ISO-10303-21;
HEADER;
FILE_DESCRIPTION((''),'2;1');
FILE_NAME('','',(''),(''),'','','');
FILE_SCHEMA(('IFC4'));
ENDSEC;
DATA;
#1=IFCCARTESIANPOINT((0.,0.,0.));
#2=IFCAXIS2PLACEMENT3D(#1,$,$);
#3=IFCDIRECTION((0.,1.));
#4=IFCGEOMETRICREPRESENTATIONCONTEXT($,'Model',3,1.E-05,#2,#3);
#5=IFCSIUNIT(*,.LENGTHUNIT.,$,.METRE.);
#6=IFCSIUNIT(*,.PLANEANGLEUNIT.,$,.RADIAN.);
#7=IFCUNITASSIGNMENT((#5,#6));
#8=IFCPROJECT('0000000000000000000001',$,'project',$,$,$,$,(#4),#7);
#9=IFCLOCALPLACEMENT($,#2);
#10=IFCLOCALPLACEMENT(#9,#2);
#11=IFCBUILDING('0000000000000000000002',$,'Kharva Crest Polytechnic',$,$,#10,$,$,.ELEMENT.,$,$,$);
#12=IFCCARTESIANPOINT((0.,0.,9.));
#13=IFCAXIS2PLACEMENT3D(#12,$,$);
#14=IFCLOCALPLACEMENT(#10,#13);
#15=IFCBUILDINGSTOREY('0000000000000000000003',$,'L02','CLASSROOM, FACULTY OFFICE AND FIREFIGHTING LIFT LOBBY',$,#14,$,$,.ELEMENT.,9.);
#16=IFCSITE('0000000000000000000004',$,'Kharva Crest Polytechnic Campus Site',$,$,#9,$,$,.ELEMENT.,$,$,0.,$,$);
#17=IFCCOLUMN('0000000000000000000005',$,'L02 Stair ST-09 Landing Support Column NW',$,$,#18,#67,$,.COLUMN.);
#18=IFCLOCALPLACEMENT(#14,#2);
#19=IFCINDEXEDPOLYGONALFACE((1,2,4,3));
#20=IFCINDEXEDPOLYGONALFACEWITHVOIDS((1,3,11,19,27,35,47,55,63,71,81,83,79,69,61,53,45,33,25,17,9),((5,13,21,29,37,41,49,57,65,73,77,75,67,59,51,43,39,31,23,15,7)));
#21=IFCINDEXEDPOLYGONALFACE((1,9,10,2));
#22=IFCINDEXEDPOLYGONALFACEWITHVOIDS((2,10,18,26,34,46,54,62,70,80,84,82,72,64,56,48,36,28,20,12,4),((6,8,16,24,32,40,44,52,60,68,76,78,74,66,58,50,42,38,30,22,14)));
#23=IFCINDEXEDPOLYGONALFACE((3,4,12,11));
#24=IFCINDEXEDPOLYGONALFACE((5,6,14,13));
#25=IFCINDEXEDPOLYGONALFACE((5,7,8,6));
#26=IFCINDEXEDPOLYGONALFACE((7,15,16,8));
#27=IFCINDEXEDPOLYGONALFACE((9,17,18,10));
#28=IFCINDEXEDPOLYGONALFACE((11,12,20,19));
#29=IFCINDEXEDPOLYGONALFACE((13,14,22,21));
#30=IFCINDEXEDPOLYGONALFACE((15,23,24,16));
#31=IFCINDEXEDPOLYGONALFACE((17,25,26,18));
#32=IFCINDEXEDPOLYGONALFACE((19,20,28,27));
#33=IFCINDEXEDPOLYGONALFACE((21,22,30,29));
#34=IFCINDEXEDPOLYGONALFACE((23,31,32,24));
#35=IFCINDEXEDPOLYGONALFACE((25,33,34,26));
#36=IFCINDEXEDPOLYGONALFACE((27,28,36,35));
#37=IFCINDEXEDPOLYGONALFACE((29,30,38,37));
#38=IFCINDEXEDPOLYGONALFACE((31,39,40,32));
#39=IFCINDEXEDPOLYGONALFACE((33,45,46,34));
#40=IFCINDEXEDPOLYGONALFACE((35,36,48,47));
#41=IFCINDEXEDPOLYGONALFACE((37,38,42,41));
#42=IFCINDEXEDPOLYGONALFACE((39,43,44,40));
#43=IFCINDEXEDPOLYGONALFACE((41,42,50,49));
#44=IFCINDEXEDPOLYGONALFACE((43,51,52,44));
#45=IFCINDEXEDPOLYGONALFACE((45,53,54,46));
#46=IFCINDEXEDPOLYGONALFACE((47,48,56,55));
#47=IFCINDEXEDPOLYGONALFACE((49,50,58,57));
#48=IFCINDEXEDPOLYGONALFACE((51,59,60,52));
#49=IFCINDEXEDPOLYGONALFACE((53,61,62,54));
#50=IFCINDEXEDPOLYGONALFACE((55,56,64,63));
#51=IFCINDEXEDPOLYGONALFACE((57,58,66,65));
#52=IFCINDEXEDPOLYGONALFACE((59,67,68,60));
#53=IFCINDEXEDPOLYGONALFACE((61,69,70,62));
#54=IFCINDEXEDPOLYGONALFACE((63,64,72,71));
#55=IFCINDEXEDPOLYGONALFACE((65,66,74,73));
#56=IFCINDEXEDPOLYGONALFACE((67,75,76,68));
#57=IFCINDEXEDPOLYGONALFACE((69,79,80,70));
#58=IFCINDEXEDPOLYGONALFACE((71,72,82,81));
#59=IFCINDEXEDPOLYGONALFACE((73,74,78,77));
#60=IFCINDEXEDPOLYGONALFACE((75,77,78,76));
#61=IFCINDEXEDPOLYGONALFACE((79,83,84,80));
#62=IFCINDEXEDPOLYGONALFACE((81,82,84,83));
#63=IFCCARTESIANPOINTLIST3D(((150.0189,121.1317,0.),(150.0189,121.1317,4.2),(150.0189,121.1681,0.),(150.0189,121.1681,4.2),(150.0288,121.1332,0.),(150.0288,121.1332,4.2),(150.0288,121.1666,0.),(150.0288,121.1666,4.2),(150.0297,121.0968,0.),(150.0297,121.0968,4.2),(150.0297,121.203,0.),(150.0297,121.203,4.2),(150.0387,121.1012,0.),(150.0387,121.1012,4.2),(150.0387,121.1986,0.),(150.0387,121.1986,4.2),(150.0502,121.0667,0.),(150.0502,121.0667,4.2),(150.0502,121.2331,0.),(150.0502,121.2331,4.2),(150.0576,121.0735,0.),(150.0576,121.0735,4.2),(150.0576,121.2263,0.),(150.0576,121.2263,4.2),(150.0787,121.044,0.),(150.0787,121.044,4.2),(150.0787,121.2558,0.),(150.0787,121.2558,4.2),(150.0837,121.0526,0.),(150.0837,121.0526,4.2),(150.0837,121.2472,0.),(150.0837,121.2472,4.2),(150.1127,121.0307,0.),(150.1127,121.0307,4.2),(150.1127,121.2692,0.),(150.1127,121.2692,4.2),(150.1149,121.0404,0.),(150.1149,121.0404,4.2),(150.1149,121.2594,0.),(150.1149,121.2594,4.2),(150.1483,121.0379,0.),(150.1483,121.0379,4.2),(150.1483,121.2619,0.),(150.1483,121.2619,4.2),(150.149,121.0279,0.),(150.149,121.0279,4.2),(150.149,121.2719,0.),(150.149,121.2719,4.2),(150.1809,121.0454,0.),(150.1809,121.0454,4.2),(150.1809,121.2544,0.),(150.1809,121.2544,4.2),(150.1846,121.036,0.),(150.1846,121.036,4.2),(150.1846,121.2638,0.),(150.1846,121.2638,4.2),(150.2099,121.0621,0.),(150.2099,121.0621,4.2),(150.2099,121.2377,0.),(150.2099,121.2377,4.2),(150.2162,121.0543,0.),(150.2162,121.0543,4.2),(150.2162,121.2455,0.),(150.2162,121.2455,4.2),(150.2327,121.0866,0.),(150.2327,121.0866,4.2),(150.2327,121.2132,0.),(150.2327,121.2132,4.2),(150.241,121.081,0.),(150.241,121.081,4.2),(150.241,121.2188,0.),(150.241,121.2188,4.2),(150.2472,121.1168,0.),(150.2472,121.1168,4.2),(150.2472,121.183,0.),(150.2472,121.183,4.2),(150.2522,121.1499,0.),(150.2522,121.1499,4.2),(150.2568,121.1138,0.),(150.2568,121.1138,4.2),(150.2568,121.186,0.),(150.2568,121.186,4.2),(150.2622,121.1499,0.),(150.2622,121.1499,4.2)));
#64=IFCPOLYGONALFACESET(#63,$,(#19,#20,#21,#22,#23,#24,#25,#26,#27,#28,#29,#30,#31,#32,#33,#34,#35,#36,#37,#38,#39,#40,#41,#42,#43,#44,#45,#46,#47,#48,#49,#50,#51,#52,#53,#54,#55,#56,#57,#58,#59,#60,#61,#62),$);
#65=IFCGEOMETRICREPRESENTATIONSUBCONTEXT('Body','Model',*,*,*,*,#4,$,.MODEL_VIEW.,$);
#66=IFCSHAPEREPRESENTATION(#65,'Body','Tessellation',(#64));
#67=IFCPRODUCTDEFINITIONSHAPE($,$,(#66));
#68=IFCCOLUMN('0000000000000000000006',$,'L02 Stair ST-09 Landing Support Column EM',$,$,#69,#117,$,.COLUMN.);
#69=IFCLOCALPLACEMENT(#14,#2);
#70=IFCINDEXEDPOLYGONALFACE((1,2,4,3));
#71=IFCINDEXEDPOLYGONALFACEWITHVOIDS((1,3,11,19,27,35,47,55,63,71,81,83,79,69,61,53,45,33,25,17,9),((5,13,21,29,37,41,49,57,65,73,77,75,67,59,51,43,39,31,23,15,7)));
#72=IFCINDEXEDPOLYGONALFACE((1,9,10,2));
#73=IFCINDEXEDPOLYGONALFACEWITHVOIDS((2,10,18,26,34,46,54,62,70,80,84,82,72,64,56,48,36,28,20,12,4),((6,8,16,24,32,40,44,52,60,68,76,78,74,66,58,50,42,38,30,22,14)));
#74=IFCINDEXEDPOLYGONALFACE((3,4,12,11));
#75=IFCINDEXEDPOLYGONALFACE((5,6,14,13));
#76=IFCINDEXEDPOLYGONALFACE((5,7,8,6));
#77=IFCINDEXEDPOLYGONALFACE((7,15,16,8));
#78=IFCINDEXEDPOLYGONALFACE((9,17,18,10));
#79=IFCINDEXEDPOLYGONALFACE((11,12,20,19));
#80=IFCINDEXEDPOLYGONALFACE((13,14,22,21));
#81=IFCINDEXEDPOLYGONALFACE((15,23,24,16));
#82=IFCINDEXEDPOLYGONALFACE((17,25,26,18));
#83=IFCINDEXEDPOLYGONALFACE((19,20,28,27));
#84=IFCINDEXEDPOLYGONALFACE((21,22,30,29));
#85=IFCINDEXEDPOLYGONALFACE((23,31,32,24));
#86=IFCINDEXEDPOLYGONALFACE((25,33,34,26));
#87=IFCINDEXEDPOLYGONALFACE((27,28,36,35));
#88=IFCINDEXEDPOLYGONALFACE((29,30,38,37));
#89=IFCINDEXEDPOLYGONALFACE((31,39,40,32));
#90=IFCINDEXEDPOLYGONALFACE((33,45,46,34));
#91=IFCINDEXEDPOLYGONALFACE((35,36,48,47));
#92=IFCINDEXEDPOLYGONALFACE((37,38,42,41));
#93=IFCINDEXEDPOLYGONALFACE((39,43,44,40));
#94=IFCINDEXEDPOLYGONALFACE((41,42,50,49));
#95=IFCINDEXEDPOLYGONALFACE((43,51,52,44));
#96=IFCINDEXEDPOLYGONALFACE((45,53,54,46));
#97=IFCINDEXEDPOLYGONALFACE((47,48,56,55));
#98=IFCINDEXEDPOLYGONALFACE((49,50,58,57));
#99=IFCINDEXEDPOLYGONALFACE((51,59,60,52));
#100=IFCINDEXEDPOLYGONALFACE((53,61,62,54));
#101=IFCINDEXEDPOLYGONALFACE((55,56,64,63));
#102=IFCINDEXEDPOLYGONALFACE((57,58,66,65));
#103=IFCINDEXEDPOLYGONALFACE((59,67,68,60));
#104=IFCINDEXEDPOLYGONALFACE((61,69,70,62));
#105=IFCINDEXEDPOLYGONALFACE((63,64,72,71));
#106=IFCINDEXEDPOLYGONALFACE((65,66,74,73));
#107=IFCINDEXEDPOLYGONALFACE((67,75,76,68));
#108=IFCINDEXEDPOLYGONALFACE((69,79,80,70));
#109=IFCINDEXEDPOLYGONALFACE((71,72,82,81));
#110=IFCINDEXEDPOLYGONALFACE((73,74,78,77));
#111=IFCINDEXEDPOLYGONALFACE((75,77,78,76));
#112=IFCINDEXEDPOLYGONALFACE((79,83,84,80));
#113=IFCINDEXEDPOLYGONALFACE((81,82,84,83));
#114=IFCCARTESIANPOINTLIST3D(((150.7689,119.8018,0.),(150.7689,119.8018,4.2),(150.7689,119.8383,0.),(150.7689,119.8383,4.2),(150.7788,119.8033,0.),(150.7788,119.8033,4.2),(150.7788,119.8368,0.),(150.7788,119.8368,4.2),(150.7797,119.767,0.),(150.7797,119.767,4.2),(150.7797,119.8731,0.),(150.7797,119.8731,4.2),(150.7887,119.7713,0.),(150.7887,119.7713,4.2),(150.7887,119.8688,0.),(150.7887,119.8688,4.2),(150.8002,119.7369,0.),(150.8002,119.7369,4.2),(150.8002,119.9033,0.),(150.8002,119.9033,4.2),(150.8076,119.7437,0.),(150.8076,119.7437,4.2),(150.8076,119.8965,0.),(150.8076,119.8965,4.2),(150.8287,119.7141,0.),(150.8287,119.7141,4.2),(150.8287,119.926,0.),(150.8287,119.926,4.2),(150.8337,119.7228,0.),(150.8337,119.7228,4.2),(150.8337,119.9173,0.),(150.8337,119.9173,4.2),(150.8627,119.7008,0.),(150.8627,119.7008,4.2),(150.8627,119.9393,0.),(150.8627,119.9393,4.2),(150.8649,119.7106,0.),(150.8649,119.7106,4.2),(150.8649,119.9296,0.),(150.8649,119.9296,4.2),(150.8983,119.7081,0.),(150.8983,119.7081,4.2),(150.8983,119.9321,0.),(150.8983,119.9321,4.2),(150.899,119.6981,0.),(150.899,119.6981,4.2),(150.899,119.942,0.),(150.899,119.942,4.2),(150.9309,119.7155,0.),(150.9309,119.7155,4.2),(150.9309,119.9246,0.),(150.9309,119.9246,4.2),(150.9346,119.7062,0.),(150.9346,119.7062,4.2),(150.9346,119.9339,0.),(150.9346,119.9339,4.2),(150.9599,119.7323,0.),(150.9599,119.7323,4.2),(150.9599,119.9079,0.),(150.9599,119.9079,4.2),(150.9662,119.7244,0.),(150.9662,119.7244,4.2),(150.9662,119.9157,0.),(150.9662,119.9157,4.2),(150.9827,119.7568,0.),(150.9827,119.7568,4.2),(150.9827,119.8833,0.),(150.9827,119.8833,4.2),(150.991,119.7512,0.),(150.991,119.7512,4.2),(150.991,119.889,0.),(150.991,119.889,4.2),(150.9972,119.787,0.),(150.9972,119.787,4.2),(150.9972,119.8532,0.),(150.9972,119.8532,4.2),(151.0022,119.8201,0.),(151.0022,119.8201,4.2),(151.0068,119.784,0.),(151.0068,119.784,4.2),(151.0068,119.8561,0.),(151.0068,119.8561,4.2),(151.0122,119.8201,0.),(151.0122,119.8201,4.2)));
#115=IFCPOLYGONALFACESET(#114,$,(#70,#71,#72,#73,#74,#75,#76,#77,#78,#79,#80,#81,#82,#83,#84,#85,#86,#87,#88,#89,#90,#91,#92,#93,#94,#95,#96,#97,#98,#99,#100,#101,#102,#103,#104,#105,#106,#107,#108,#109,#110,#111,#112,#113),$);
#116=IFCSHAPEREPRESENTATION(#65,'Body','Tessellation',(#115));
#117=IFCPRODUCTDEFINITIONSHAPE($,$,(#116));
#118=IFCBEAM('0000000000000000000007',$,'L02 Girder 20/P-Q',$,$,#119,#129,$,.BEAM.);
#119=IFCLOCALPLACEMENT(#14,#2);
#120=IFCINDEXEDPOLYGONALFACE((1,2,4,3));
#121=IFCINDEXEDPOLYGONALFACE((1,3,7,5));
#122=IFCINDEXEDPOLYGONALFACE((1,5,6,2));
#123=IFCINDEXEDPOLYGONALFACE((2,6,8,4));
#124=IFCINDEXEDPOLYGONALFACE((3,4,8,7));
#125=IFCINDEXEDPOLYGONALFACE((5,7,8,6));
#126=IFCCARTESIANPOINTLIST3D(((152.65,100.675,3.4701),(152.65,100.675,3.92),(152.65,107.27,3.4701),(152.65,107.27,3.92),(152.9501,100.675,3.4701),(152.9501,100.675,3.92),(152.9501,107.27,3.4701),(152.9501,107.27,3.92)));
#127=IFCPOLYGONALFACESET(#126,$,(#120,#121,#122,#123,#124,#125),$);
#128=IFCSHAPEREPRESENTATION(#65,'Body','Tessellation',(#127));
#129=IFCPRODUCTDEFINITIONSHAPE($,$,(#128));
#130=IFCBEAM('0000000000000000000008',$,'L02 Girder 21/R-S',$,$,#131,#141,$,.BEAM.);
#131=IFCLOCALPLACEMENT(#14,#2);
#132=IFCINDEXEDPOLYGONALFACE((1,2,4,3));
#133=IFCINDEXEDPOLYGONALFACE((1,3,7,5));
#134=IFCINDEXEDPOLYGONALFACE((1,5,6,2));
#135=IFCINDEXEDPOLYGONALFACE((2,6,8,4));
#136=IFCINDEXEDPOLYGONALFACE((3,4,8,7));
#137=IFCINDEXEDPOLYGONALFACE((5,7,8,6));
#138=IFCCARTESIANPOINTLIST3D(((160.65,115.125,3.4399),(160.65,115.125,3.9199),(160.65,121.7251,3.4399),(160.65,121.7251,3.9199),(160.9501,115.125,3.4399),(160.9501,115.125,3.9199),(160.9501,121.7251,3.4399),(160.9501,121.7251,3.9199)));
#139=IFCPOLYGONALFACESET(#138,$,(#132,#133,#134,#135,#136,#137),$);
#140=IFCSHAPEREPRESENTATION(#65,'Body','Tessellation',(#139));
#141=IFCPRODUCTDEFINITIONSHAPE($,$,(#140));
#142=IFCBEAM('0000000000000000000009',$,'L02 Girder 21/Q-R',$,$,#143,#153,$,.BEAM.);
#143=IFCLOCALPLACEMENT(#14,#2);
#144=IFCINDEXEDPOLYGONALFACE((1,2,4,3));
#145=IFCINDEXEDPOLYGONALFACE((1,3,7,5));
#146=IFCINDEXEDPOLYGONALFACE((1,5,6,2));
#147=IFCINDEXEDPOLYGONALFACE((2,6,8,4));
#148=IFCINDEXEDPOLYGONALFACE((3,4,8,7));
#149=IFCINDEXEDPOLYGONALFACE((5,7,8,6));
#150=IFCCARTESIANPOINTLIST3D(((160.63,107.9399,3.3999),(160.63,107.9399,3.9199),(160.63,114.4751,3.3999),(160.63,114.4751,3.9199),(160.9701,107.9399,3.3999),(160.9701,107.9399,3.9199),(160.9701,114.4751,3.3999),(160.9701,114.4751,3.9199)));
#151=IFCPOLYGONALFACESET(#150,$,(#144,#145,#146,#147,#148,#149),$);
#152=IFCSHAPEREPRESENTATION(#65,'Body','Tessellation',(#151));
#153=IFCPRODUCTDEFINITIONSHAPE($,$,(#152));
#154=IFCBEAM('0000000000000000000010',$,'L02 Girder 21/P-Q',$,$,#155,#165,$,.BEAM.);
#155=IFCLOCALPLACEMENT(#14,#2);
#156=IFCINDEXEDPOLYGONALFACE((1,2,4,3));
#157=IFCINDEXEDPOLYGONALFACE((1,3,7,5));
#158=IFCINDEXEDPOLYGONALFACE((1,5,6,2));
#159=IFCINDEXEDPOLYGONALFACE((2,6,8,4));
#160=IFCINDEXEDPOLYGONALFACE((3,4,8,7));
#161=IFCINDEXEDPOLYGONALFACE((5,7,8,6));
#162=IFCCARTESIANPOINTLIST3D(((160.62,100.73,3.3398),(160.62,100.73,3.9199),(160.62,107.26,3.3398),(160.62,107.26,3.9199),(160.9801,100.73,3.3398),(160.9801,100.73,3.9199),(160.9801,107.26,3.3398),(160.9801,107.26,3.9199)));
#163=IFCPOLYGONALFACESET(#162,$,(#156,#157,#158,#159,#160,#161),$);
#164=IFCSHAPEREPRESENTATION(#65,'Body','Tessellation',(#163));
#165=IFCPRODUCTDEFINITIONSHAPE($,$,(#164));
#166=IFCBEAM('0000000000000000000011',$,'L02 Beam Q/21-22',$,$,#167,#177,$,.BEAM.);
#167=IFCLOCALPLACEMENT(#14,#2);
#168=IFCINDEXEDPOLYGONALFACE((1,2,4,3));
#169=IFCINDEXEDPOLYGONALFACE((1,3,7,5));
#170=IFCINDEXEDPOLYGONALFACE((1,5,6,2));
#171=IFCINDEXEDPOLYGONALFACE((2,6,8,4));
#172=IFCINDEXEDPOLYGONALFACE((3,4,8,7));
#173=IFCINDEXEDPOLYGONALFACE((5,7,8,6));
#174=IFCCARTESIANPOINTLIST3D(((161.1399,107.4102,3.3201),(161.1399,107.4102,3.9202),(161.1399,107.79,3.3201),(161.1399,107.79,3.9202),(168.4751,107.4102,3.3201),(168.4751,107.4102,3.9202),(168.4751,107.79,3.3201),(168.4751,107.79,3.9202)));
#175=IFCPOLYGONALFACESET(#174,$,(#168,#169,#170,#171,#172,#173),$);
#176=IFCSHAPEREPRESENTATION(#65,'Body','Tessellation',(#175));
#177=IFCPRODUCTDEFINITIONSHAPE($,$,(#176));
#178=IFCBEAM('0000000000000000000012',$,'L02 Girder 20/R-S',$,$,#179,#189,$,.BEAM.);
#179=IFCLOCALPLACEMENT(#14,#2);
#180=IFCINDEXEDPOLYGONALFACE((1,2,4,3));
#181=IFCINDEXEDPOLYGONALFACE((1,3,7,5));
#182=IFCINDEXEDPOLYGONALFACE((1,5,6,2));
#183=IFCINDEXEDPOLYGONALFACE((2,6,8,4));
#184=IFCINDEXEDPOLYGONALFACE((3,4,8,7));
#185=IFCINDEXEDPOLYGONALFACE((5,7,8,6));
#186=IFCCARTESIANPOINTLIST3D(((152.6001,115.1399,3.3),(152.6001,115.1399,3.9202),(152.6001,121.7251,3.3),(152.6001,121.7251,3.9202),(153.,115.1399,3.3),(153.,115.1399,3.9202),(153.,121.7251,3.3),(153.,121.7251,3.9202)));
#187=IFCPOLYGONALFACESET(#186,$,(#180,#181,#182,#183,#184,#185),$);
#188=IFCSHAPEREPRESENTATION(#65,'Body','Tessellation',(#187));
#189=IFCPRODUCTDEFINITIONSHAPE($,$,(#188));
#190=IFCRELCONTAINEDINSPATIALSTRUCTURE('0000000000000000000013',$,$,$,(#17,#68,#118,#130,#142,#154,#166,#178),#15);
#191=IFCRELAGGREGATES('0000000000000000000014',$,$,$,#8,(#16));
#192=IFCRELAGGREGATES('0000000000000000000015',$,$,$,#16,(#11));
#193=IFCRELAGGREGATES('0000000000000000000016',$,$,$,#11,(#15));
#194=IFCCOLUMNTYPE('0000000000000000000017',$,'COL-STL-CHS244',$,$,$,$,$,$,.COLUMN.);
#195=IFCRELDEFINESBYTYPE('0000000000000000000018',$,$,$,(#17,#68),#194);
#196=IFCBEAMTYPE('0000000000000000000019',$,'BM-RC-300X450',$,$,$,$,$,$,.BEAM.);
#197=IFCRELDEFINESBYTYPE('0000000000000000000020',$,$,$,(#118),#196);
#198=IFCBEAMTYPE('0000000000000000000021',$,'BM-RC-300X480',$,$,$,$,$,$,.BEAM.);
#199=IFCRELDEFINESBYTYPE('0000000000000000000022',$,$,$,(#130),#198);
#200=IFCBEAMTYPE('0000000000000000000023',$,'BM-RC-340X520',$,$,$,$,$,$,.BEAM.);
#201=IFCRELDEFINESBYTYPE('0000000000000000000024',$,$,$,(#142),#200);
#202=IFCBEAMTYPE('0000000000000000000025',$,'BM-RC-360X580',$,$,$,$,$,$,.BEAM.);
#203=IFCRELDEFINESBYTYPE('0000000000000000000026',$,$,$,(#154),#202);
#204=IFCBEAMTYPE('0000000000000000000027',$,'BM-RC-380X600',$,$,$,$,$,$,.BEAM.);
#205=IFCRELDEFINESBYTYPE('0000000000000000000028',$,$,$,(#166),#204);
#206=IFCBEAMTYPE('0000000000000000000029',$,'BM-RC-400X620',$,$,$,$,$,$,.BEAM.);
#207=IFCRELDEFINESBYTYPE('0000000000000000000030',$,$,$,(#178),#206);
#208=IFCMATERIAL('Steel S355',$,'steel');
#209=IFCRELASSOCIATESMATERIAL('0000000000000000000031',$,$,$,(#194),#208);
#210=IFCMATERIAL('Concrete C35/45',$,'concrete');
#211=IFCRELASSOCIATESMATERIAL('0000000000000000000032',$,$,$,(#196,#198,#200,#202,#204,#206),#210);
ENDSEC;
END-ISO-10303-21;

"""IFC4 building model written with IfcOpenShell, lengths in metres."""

from ifc_helpers import new_model, si_unit, direction, frame, origin, origin_2d, place, context, subcontext, project, spatial, rectangle, hollow_circle, extrude, material, material_profile, profile_set, type_object, element, save


model = new_model("IFC4")

# Units and contexts
model_context = context("Model", 3, precision=1e-05, world=origin(), true_north=direction((0.0, 1.0)))
body_context = subcontext(model_context, "Body", "Model", "MODEL_VIEW")
ifc_project = project(units=[si_unit("LENGTHUNIT", "METRE"), si_unit("PLANEANGLEUNIT", "RADIAN")], contexts=[model_context])

# Site, building, storey
site_placement = place(None, origin())
site = spatial("IfcSite", under=ifc_project, at=site_placement, Name="Kharva Crest Polytechnic Campus Site", CompositionType="ELEMENT", RefElevation=0.0)
building_placement = place(site_placement, origin())
building = spatial("IfcBuilding", under=site, at=building_placement, Name="Kharva Crest Polytechnic", CompositionType="ELEMENT")
storey_placement = place(building_placement, frame((0.0, 0.0, 9.0)))
storey = spatial("IfcBuildingStorey", under=building, at=storey_placement, Name="L02", Description="CLASSROOM, FACULTY OFFICE AND FIREFIGHTING LIFT LOBBY", CompositionType="ELEMENT", Elevation=9.0)

# Columns
ifc_material_1 = material(Name="Steel S355", Category="steel")
ifc_material_profile_1 = material_profile(ifc_material_1, hollow_circle(Radius=0.1223, WallThickness=0.01, at=origin_2d()), Name="CHS 244.5X10.0")
ifc_profile_set_1 = profile_set([ifc_material_profile_1], Name="Steel S355")
column_type_1 = type_object("IfcColumnType", Name="COL-STL-CHS244", PredefinedType="COLUMN", material=ifc_profile_set_1)
for number, where, z_axis, x_axis, name in (
    (1, (150.1399, 121.1499, 0.0), (0.0, 0.0, 1.0), (1.0, 0.0, 0.0), "L02 Stair ST-09 Landing Support Column NW"),
    (2, (150.8899, 119.8201, 0.0), (0.0, 0.0, 1.0), (1.0, 0.0, 0.0), "L02 Stair ST-09 Landing Support Column EM"),
):
    element("IfcColumn", number, at=place(storey_placement, frame(where, z_axis=z_axis, x_axis=x_axis)), inside=storey, type_object=column_type_1, Name=name, PredefinedType="COLUMN", context=body_context, shape_type="SweptSolid", body=[
        extrude(hollow_circle(Radius=0.1223, WallThickness=0.01, at=origin_2d()), origin(), (0.0, 0.0, 1.0), 4.2),
    ])

# Beams
ifc_material_2 = material(Name="Concrete C35/45", Category="concrete")
ifc_material_profile_2 = material_profile(ifc_material_2, rectangle(XDim=0.3, YDim=0.45, at=origin_2d()), Name="RECT 300 X 450")
ifc_profile_set_2 = profile_set([ifc_material_profile_2], Name="Concrete C35/45")
beam_type_1 = type_object("IfcBeamType", Name="BM-RC-300X450", PredefinedType="BEAM", material=ifc_profile_set_2)
beam_1_placement = place(storey_placement, frame((152.8, 100.675, 3.6951), z_axis=(0.0, 1.0, 0.0), x_axis=(-1.0, 0.0, 0.0)))
element("IfcBeam", 3, at=beam_1_placement, inside=storey, type_object=beam_type_1, Name="L02 Girder 20/P-Q", PredefinedType="BEAM", context=body_context, shape_type="SweptSolid", body=[
    extrude(rectangle(XDim=0.3, YDim=0.45, at=origin_2d()), origin(), (0.0, 0.0, 1.0), 6.595),
])
ifc_material_profile_3 = material_profile(ifc_material_2, rectangle(XDim=0.3, YDim=0.48, at=origin_2d()), Name="RECT 300 X 480")
ifc_profile_set_3 = profile_set([ifc_material_profile_3], Name="Concrete C35/45")
beam_type_2 = type_object("IfcBeamType", Name="BM-RC-300X480", PredefinedType="BEAM", material=ifc_profile_set_3)
beam_2_placement = place(storey_placement, frame((160.8, 115.125, 3.6799), z_axis=(0.0, 1.0, 0.0), x_axis=(-1.0, 0.0, 0.0)))
element("IfcBeam", 4, at=beam_2_placement, inside=storey, type_object=beam_type_2, Name="L02 Girder 21/R-S", PredefinedType="BEAM", context=body_context, shape_type="SweptSolid", body=[
    extrude(rectangle(XDim=0.3, YDim=0.48, at=origin_2d()), origin(), (0.0, 0.0, 1.0), 6.6001),
])
ifc_material_profile_4 = material_profile(ifc_material_2, rectangle(XDim=0.3401, YDim=0.52, at=origin_2d()), Name="RECT 340 X 520")
ifc_profile_set_4 = profile_set([ifc_material_profile_4], Name="Concrete C35/45")
beam_type_3 = type_object("IfcBeamType", Name="BM-RC-340X520", PredefinedType="BEAM", material=ifc_profile_set_4)
beam_3_placement = place(storey_placement, frame((160.8, 107.9399, 3.6599), z_axis=(0.0, 1.0, 0.0), x_axis=(-1.0, 0.0, 0.0)))
element("IfcBeam", 5, at=beam_3_placement, inside=storey, type_object=beam_type_3, Name="L02 Girder 21/Q-R", PredefinedType="BEAM", context=body_context, shape_type="SweptSolid", body=[
    extrude(rectangle(XDim=0.3401, YDim=0.52, at=origin_2d()), origin(), (0.0, 0.0, 1.0), 6.5352),
])
ifc_material_profile_5 = material_profile(ifc_material_2, rectangle(XDim=0.3601, YDim=0.5801, at=origin_2d()), Name="RECT 360 X 580")
ifc_profile_set_5 = profile_set([ifc_material_profile_5], Name="Concrete C35/45")
beam_type_4 = type_object("IfcBeamType", Name="BM-RC-360X580", PredefinedType="BEAM", material=ifc_profile_set_5)
beam_4_placement = place(storey_placement, frame((160.8, 100.73, 3.6299), z_axis=(0.0, 1.0, 0.0), x_axis=(-1.0, 0.0, 0.0)))
element("IfcBeam", 6, at=beam_4_placement, inside=storey, type_object=beam_type_4, Name="L02 Girder 21/P-Q", PredefinedType="BEAM", context=body_context, shape_type="SweptSolid", body=[
    extrude(rectangle(XDim=0.3601, YDim=0.5801, at=origin_2d()), origin(), (0.0, 0.0, 1.0), 6.53),
])
ifc_material_profile_6 = material_profile(ifc_material_2, rectangle(XDim=0.3799, YDim=0.6001, at=origin_2d()), Name="RECT 380 X 600")
ifc_profile_set_6 = profile_set([ifc_material_profile_6], Name="Concrete C35/45")
beam_type_5 = type_object("IfcBeamType", Name="BM-RC-380X600", PredefinedType="BEAM", material=ifc_profile_set_6)
beam_5_placement = place(storey_placement, frame((161.1399, 107.6001, 3.6201), z_axis=(1.0, 0.0, 0.0), x_axis=(0.0, 1.0, 0.0)))
element("IfcBeam", 7, at=beam_5_placement, inside=storey, type_object=beam_type_5, Name="L02 Beam Q/21-22", PredefinedType="BEAM", context=body_context, shape_type="SweptSolid", body=[
    extrude(rectangle(XDim=0.3799, YDim=0.6001, at=origin_2d()), origin(), (0.0, 0.0, 1.0), 7.3352),
])
ifc_material_profile_7 = material_profile(ifc_material_2, rectangle(XDim=0.3999, YDim=0.6201, at=origin_2d()), Name="RECT 400 X 620")
ifc_profile_set_7 = profile_set([ifc_material_profile_7], Name="Concrete C35/45")
beam_type_6 = type_object("IfcBeamType", Name="BM-RC-400X620", PredefinedType="BEAM", material=ifc_profile_set_7)
beam_6_placement = place(storey_placement, frame((152.8, 115.1399, 3.6101), z_axis=(0.0, 1.0, 0.0), x_axis=(-1.0, 0.0, 0.0)))
element("IfcBeam", 8, at=beam_6_placement, inside=storey, type_object=beam_type_6, Name="L02 Girder 20/R-S", PredefinedType="BEAM", context=body_context, shape_type="SweptSolid", body=[
    extrude(rectangle(XDim=0.3999, YDim=0.6201, at=origin_2d()), origin(), (0.0, 0.0, 1.0), 6.5852),
])

save(model, "model.ifc")
